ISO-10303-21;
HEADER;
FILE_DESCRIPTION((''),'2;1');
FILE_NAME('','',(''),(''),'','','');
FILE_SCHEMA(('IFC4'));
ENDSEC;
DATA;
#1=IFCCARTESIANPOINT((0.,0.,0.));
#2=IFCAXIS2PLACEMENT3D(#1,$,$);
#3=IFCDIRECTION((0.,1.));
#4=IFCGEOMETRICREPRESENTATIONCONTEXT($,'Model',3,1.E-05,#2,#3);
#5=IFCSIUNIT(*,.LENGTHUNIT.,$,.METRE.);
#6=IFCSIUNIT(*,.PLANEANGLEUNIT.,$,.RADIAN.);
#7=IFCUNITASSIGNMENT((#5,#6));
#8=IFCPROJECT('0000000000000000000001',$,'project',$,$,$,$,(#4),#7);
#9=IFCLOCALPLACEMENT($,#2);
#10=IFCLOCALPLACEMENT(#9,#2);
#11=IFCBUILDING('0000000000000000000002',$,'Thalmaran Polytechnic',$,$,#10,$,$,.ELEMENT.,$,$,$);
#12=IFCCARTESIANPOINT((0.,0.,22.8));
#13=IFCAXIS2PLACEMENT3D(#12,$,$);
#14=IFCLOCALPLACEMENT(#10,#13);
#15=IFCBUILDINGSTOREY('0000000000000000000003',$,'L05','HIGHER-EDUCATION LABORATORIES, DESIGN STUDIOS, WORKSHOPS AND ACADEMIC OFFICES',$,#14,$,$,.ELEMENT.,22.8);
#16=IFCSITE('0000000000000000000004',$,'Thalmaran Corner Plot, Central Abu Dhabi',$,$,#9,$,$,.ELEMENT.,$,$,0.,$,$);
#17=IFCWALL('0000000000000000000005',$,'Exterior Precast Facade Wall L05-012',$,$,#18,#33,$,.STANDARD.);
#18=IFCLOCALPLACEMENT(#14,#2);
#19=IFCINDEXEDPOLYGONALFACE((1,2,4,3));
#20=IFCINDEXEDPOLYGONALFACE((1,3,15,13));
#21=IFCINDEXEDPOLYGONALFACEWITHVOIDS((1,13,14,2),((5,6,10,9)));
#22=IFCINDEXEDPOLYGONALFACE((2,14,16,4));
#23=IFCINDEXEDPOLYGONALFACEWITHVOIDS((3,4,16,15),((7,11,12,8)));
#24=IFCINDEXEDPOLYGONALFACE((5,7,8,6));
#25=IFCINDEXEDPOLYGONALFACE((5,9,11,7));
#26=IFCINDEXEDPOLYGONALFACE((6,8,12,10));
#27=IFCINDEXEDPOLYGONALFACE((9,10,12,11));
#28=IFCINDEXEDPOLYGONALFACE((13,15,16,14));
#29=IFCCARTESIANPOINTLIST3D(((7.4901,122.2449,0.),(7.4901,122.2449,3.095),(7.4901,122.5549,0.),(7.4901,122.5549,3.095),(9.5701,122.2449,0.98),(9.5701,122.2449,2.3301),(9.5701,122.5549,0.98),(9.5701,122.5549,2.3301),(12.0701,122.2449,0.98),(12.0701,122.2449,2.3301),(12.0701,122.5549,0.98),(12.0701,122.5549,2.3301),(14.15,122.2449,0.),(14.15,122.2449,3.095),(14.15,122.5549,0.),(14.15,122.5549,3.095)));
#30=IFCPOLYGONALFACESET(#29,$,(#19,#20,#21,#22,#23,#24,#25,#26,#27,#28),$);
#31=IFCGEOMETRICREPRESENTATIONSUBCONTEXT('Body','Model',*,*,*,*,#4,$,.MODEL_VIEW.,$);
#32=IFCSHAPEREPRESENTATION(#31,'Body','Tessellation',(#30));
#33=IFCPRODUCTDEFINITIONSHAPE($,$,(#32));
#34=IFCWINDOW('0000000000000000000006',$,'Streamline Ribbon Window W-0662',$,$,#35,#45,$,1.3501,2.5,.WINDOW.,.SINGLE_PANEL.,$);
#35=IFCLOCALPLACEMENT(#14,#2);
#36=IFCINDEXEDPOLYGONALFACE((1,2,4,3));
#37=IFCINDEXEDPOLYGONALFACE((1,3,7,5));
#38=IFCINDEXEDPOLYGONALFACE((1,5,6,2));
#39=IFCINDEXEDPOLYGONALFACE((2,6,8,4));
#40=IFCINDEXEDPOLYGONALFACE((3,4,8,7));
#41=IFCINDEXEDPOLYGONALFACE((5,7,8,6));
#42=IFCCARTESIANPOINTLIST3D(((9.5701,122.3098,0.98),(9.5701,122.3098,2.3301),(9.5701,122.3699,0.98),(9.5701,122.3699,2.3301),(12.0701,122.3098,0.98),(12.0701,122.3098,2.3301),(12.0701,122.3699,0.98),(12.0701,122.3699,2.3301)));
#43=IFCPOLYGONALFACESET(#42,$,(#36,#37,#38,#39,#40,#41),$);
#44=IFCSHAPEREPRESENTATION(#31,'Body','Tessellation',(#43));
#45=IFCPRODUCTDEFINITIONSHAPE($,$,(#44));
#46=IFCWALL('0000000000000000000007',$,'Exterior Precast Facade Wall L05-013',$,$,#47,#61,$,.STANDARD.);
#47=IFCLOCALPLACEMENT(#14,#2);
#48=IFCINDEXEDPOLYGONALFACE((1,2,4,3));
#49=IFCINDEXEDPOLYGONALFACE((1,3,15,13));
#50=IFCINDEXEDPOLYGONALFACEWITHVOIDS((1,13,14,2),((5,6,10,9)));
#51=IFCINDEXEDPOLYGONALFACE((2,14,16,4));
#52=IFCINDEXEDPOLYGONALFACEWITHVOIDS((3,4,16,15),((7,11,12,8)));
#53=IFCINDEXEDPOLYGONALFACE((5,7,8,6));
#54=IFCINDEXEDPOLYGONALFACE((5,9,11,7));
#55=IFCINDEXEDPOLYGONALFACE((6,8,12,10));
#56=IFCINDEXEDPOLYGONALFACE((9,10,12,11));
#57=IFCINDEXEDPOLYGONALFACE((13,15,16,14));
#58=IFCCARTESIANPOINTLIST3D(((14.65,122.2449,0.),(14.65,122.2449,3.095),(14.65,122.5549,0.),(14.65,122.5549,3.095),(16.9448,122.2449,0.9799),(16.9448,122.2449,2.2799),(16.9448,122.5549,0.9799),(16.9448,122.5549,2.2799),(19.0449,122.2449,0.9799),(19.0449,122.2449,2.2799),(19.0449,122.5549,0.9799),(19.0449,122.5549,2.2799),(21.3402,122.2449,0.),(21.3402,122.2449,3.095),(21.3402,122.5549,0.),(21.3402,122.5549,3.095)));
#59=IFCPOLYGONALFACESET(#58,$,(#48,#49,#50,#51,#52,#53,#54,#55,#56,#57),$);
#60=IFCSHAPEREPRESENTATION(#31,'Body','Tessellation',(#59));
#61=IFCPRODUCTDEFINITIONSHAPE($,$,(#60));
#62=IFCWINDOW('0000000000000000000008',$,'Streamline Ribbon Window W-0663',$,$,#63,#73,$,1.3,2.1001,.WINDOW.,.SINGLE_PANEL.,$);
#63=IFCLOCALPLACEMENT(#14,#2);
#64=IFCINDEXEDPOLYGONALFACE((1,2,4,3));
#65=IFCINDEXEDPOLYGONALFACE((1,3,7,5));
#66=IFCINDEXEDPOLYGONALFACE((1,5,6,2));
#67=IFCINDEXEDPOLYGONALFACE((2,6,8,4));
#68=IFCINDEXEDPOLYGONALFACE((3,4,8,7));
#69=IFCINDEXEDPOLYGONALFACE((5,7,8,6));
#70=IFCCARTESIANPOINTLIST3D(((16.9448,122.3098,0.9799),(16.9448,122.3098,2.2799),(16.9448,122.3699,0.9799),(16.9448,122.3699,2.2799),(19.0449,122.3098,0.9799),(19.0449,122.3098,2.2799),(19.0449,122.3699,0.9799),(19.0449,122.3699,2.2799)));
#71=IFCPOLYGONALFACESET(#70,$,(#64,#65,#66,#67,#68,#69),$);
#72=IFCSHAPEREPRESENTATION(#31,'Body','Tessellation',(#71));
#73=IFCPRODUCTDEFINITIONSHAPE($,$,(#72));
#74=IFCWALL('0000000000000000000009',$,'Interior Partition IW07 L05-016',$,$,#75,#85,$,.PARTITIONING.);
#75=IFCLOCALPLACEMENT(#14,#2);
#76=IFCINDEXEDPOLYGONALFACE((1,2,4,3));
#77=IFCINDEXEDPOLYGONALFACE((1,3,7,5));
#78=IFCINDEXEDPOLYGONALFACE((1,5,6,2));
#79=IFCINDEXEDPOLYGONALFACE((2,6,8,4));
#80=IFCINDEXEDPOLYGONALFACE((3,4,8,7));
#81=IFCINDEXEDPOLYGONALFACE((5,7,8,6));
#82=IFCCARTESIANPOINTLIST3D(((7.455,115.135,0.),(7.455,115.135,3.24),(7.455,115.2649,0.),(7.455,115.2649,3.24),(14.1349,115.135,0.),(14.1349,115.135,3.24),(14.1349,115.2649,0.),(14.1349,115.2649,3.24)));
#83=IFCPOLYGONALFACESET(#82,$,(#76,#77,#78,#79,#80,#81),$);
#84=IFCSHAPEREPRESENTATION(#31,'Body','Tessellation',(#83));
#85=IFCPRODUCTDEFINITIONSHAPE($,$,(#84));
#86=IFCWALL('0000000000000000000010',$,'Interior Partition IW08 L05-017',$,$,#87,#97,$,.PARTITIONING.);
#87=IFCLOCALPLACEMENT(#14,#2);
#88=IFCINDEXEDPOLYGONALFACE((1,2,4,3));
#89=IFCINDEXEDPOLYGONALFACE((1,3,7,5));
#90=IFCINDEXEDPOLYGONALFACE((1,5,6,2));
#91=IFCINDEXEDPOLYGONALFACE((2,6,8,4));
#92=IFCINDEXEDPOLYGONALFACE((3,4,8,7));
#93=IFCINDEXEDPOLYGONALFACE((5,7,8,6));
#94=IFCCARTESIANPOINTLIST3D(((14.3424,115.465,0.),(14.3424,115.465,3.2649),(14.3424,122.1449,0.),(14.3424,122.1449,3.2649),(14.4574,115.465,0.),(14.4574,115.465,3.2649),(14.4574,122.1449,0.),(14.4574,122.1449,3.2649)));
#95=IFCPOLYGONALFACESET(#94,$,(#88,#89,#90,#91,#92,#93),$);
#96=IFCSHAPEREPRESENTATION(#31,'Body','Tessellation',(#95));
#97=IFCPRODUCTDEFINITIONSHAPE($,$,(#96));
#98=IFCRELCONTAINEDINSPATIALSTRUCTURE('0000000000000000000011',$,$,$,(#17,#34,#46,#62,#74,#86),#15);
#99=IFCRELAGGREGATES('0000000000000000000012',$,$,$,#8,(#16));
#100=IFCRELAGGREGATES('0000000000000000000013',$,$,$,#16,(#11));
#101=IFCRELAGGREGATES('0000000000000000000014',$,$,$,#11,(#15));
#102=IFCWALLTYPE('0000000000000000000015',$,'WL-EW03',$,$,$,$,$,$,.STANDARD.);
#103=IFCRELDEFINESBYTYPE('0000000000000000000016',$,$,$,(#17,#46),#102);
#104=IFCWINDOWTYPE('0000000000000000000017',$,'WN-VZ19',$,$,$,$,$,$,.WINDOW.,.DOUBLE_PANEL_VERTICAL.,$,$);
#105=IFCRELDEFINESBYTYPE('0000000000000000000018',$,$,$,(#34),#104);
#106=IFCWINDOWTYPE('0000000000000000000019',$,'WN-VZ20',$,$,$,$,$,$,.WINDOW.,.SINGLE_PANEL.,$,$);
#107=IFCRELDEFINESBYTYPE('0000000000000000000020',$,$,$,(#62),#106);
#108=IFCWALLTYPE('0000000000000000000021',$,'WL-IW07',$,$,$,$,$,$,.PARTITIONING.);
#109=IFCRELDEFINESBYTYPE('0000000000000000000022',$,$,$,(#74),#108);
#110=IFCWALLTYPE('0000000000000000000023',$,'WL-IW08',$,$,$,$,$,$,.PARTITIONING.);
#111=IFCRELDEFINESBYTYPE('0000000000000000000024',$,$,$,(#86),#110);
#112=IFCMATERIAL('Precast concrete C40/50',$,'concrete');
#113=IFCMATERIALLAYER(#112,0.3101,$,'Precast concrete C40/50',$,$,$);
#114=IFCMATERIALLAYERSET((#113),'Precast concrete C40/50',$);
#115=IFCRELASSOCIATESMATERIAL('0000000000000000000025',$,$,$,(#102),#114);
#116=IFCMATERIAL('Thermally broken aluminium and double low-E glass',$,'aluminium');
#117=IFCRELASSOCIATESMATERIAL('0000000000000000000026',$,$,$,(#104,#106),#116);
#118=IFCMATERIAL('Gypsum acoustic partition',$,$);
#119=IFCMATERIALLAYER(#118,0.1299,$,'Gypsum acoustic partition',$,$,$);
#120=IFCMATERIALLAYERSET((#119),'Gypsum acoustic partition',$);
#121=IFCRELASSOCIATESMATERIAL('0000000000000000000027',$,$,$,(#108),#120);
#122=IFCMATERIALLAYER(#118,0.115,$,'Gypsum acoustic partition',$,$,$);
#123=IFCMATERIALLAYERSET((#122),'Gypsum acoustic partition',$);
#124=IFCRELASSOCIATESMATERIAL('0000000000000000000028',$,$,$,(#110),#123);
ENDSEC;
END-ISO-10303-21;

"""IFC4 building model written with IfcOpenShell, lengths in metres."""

from ifc_helpers import new_model, si_unit, direction, frame, frame_2d, origin, place, context, subcontext, project, spatial, rectangle, extrude, material, layer, layer_set, type_object, element, fill, save


model = new_model("IFC4")

# Units and contexts
model_context = context("Model", 3, precision=1e-05, world=origin(), true_north=direction((0.0, 1.0)))
body_context = subcontext(model_context, "Body", "Model", "MODEL_VIEW")
ifc_project = project(units=[si_unit("LENGTHUNIT", "METRE"), si_unit("PLANEANGLEUNIT", "RADIAN")], contexts=[model_context])

# Site, building, storey
site_placement = place(None, origin())
site = spatial("IfcSite", under=ifc_project, at=site_placement, Name="Thalmaran Corner Plot, Central Abu Dhabi", CompositionType="ELEMENT", RefElevation=0.0)
building_placement = place(site_placement, origin())
building = spatial("IfcBuilding", under=site, at=building_placement, Name="Thalmaran Polytechnic", CompositionType="ELEMENT")
storey_placement = place(building_placement, frame((0.0, 0.0, 22.8)))
storey = spatial("IfcBuildingStorey", under=building, at=storey_placement, Name="L05", Description="HIGHER-EDUCATION LABORATORIES, DESIGN STUDIOS, WORKSHOPS AND ACADEMIC OFFICES", CompositionType="ELEMENT", Elevation=22.8)

# Shared definitions
ifc_material_1 = material(Name="Precast concrete C40/50", Category="concrete")
ifc_layer_1 = layer(ifc_material_1, 0.3101, Name="Precast concrete C40/50")
ifc_layer_set_1 = layer_set([ifc_layer_1], Name="Precast concrete C40/50")
wall_type_1 = type_object("IfcWallType", Name="WL-EW03", PredefinedType="STANDARD", material=ifc_layer_set_1)
ifc_material_2 = material(Name="Thermally broken aluminium and double low-E glass", Category="aluminium")

# Walls, openings, windows
wall_1_placement = place(storey_placement, frame((7.49, 122.3999, 0.0), z_axis=(0.0, 0.0, 1.0), x_axis=(1.0, 0.0, 0.0)))
wall_1 = element("IfcWall", 1, at=wall_1_placement, inside=storey, type_object=wall_type_1, Name="Exterior Precast Facade Wall L05-012", PredefinedType="STANDARD", context=body_context, shape_type="SweptSolid", body=[
    extrude(rectangle(XDim=6.6599, YDim=0.3101, at=frame_2d((3.3301, 0.0))), origin(), (0.0, 0.0, 1.0), 3.095),
])
opening_1_placement = place(wall_1_placement, frame((2.0801, 0.0, 0.98)))
opening_1 = element("IfcOpeningElement", 2, at=opening_1_placement, cuts=wall_1, PredefinedType="OPENING", context=body_context, shape_type="SweptSolid", body=[
    extrude(rectangle(XDim=2.5, YDim=1.3501, at=frame_2d((1.25, 0.675))), frame((0.0, 0.165, 0.0), z_axis=(0.0, -1.0, 0.0), x_axis=(1.0, 0.0, 0.0)), (0.0, 0.0, 1.0), 0.3301),
])
window_type_1 = type_object("IfcWindowType", Name="WN-VZ19", PartitioningType="DOUBLE_PANEL_VERTICAL", PredefinedType="WINDOW", material=ifc_material_2)
window_1_placement = place(opening_1_placement, origin())
window_1 = element("IfcWindow", 3, at=window_1_placement, inside=storey, type_object=window_type_1, Name="Streamline Ribbon Window W-0662", OverallHeight=1.3501, OverallWidth=2.5, PartitioningType="SINGLE_PANEL", PredefinedType="WINDOW", context=body_context, shape_type="SweptSolid", body=[
    extrude(rectangle(XDim=2.5, YDim=1.3501, at=frame_2d((1.25, 0.675))), frame((0.0, -0.03, 0.0), z_axis=(0.0, -1.0, 0.0), x_axis=(1.0, 0.0, 0.0)), (0.0, 0.0, 1.0), 0.0601),
])
fill(opening_1, window_1)
wall_2_placement = place(storey_placement, frame((14.6499, 122.3999, 0.0), z_axis=(0.0, 0.0, 1.0), x_axis=(1.0, 0.0, 0.0)))
wall_2 = element("IfcWall", 4, at=wall_2_placement, inside=storey, type_object=wall_type_1, Name="Exterior Precast Facade Wall L05-013", PredefinedType="STANDARD", context=body_context, shape_type="SweptSolid", body=[
    extrude(rectangle(XDim=6.6902, YDim=0.3101, at=frame_2d((3.3452, 0.0))), origin(), (0.0, 0.0, 1.0), 3.095),
])
opening_2_placement = place(wall_2_placement, frame((2.2949, 0.0, 0.98)))
opening_2 = element("IfcOpeningElement", 5, at=opening_2_placement, cuts=wall_2, PredefinedType="OPENING", context=body_context, shape_type="SweptSolid", body=[
    extrude(rectangle(XDim=2.1001, YDim=1.3, at=frame_2d((1.05, 0.6499))), frame((0.0, 0.165, 0.0), z_axis=(0.0, -1.0, 0.0), x_axis=(1.0, 0.0, 0.0)), (0.0, 0.0, 1.0), 0.3301),
])
window_type_2 = type_object("IfcWindowType", Name="WN-VZ20", PartitioningType="SINGLE_PANEL", PredefinedType="WINDOW", material=ifc_material_2)
window_2_placement = place(opening_2_placement, origin())
window_2 = element("IfcWindow", 6, at=window_2_placement, inside=storey, type_object=window_type_2, Name="Streamline Ribbon Window W-0663", OverallHeight=1.3, OverallWidth=2.1001, PartitioningType="SINGLE_PANEL", PredefinedType="WINDOW", context=body_context, shape_type="SweptSolid", body=[
    extrude(rectangle(XDim=2.1001, YDim=1.3, at=frame_2d((1.05, 0.6499))), frame((0.0, -0.03, 0.0), z_axis=(0.0, -1.0, 0.0), x_axis=(1.0, 0.0, 0.0)), (0.0, 0.0, 1.0), 0.0601),
])
fill(opening_2, window_2)

# Walls
ifc_material_3 = material(Name="Gypsum acoustic partition")
ifc_layer_2 = layer(ifc_material_3, 0.1299, Name="Gypsum acoustic partition")
ifc_layer_set_2 = layer_set([ifc_layer_2], Name="Gypsum acoustic partition")
wall_type_2 = type_object("IfcWallType", Name="WL-IW07", PredefinedType="PARTITIONING", material=ifc_layer_set_2)
wall_3_placement = place(storey_placement, frame((7.4551, 115.2, 0.0), z_axis=(0.0, 0.0, 1.0), x_axis=(1.0, 0.0, 0.0)))
element("IfcWall", 7, at=wall_3_placement, inside=storey, type_object=wall_type_2, Name="Interior Partition IW07 L05-016", PredefinedType="PARTITIONING", context=body_context, shape_type="SweptSolid", body=[
    extrude(rectangle(XDim=6.6799, YDim=0.1299, at=frame_2d((3.3398, 0.0))), origin(), (0.0, 0.0, 1.0), 3.24),
])
ifc_layer_3 = layer(ifc_material_3, 0.115, Name="Gypsum acoustic partition")
ifc_layer_set_3 = layer_set([ifc_layer_3], Name="Gypsum acoustic partition")
wall_type_3 = type_object("IfcWallType", Name="WL-IW08", PredefinedType="PARTITIONING", material=ifc_layer_set_3)
wall_4_placement = place(storey_placement, frame((14.3999, 115.4651, 0.0), z_axis=(0.0, 0.0, 1.0), x_axis=(0.0, 1.0, 0.0)))
element("IfcWall", 8, at=wall_4_placement, inside=storey, type_object=wall_type_3, Name="Interior Partition IW08 L05-017", PredefinedType="PARTITIONING", context=body_context, shape_type="SweptSolid", body=[
    extrude(rectangle(XDim=6.6799, YDim=0.115, at=frame_2d((3.3398, 0.0))), origin(), (0.0, 0.0, 1.0), 3.2649),
])

save(model, "model.ifc")
